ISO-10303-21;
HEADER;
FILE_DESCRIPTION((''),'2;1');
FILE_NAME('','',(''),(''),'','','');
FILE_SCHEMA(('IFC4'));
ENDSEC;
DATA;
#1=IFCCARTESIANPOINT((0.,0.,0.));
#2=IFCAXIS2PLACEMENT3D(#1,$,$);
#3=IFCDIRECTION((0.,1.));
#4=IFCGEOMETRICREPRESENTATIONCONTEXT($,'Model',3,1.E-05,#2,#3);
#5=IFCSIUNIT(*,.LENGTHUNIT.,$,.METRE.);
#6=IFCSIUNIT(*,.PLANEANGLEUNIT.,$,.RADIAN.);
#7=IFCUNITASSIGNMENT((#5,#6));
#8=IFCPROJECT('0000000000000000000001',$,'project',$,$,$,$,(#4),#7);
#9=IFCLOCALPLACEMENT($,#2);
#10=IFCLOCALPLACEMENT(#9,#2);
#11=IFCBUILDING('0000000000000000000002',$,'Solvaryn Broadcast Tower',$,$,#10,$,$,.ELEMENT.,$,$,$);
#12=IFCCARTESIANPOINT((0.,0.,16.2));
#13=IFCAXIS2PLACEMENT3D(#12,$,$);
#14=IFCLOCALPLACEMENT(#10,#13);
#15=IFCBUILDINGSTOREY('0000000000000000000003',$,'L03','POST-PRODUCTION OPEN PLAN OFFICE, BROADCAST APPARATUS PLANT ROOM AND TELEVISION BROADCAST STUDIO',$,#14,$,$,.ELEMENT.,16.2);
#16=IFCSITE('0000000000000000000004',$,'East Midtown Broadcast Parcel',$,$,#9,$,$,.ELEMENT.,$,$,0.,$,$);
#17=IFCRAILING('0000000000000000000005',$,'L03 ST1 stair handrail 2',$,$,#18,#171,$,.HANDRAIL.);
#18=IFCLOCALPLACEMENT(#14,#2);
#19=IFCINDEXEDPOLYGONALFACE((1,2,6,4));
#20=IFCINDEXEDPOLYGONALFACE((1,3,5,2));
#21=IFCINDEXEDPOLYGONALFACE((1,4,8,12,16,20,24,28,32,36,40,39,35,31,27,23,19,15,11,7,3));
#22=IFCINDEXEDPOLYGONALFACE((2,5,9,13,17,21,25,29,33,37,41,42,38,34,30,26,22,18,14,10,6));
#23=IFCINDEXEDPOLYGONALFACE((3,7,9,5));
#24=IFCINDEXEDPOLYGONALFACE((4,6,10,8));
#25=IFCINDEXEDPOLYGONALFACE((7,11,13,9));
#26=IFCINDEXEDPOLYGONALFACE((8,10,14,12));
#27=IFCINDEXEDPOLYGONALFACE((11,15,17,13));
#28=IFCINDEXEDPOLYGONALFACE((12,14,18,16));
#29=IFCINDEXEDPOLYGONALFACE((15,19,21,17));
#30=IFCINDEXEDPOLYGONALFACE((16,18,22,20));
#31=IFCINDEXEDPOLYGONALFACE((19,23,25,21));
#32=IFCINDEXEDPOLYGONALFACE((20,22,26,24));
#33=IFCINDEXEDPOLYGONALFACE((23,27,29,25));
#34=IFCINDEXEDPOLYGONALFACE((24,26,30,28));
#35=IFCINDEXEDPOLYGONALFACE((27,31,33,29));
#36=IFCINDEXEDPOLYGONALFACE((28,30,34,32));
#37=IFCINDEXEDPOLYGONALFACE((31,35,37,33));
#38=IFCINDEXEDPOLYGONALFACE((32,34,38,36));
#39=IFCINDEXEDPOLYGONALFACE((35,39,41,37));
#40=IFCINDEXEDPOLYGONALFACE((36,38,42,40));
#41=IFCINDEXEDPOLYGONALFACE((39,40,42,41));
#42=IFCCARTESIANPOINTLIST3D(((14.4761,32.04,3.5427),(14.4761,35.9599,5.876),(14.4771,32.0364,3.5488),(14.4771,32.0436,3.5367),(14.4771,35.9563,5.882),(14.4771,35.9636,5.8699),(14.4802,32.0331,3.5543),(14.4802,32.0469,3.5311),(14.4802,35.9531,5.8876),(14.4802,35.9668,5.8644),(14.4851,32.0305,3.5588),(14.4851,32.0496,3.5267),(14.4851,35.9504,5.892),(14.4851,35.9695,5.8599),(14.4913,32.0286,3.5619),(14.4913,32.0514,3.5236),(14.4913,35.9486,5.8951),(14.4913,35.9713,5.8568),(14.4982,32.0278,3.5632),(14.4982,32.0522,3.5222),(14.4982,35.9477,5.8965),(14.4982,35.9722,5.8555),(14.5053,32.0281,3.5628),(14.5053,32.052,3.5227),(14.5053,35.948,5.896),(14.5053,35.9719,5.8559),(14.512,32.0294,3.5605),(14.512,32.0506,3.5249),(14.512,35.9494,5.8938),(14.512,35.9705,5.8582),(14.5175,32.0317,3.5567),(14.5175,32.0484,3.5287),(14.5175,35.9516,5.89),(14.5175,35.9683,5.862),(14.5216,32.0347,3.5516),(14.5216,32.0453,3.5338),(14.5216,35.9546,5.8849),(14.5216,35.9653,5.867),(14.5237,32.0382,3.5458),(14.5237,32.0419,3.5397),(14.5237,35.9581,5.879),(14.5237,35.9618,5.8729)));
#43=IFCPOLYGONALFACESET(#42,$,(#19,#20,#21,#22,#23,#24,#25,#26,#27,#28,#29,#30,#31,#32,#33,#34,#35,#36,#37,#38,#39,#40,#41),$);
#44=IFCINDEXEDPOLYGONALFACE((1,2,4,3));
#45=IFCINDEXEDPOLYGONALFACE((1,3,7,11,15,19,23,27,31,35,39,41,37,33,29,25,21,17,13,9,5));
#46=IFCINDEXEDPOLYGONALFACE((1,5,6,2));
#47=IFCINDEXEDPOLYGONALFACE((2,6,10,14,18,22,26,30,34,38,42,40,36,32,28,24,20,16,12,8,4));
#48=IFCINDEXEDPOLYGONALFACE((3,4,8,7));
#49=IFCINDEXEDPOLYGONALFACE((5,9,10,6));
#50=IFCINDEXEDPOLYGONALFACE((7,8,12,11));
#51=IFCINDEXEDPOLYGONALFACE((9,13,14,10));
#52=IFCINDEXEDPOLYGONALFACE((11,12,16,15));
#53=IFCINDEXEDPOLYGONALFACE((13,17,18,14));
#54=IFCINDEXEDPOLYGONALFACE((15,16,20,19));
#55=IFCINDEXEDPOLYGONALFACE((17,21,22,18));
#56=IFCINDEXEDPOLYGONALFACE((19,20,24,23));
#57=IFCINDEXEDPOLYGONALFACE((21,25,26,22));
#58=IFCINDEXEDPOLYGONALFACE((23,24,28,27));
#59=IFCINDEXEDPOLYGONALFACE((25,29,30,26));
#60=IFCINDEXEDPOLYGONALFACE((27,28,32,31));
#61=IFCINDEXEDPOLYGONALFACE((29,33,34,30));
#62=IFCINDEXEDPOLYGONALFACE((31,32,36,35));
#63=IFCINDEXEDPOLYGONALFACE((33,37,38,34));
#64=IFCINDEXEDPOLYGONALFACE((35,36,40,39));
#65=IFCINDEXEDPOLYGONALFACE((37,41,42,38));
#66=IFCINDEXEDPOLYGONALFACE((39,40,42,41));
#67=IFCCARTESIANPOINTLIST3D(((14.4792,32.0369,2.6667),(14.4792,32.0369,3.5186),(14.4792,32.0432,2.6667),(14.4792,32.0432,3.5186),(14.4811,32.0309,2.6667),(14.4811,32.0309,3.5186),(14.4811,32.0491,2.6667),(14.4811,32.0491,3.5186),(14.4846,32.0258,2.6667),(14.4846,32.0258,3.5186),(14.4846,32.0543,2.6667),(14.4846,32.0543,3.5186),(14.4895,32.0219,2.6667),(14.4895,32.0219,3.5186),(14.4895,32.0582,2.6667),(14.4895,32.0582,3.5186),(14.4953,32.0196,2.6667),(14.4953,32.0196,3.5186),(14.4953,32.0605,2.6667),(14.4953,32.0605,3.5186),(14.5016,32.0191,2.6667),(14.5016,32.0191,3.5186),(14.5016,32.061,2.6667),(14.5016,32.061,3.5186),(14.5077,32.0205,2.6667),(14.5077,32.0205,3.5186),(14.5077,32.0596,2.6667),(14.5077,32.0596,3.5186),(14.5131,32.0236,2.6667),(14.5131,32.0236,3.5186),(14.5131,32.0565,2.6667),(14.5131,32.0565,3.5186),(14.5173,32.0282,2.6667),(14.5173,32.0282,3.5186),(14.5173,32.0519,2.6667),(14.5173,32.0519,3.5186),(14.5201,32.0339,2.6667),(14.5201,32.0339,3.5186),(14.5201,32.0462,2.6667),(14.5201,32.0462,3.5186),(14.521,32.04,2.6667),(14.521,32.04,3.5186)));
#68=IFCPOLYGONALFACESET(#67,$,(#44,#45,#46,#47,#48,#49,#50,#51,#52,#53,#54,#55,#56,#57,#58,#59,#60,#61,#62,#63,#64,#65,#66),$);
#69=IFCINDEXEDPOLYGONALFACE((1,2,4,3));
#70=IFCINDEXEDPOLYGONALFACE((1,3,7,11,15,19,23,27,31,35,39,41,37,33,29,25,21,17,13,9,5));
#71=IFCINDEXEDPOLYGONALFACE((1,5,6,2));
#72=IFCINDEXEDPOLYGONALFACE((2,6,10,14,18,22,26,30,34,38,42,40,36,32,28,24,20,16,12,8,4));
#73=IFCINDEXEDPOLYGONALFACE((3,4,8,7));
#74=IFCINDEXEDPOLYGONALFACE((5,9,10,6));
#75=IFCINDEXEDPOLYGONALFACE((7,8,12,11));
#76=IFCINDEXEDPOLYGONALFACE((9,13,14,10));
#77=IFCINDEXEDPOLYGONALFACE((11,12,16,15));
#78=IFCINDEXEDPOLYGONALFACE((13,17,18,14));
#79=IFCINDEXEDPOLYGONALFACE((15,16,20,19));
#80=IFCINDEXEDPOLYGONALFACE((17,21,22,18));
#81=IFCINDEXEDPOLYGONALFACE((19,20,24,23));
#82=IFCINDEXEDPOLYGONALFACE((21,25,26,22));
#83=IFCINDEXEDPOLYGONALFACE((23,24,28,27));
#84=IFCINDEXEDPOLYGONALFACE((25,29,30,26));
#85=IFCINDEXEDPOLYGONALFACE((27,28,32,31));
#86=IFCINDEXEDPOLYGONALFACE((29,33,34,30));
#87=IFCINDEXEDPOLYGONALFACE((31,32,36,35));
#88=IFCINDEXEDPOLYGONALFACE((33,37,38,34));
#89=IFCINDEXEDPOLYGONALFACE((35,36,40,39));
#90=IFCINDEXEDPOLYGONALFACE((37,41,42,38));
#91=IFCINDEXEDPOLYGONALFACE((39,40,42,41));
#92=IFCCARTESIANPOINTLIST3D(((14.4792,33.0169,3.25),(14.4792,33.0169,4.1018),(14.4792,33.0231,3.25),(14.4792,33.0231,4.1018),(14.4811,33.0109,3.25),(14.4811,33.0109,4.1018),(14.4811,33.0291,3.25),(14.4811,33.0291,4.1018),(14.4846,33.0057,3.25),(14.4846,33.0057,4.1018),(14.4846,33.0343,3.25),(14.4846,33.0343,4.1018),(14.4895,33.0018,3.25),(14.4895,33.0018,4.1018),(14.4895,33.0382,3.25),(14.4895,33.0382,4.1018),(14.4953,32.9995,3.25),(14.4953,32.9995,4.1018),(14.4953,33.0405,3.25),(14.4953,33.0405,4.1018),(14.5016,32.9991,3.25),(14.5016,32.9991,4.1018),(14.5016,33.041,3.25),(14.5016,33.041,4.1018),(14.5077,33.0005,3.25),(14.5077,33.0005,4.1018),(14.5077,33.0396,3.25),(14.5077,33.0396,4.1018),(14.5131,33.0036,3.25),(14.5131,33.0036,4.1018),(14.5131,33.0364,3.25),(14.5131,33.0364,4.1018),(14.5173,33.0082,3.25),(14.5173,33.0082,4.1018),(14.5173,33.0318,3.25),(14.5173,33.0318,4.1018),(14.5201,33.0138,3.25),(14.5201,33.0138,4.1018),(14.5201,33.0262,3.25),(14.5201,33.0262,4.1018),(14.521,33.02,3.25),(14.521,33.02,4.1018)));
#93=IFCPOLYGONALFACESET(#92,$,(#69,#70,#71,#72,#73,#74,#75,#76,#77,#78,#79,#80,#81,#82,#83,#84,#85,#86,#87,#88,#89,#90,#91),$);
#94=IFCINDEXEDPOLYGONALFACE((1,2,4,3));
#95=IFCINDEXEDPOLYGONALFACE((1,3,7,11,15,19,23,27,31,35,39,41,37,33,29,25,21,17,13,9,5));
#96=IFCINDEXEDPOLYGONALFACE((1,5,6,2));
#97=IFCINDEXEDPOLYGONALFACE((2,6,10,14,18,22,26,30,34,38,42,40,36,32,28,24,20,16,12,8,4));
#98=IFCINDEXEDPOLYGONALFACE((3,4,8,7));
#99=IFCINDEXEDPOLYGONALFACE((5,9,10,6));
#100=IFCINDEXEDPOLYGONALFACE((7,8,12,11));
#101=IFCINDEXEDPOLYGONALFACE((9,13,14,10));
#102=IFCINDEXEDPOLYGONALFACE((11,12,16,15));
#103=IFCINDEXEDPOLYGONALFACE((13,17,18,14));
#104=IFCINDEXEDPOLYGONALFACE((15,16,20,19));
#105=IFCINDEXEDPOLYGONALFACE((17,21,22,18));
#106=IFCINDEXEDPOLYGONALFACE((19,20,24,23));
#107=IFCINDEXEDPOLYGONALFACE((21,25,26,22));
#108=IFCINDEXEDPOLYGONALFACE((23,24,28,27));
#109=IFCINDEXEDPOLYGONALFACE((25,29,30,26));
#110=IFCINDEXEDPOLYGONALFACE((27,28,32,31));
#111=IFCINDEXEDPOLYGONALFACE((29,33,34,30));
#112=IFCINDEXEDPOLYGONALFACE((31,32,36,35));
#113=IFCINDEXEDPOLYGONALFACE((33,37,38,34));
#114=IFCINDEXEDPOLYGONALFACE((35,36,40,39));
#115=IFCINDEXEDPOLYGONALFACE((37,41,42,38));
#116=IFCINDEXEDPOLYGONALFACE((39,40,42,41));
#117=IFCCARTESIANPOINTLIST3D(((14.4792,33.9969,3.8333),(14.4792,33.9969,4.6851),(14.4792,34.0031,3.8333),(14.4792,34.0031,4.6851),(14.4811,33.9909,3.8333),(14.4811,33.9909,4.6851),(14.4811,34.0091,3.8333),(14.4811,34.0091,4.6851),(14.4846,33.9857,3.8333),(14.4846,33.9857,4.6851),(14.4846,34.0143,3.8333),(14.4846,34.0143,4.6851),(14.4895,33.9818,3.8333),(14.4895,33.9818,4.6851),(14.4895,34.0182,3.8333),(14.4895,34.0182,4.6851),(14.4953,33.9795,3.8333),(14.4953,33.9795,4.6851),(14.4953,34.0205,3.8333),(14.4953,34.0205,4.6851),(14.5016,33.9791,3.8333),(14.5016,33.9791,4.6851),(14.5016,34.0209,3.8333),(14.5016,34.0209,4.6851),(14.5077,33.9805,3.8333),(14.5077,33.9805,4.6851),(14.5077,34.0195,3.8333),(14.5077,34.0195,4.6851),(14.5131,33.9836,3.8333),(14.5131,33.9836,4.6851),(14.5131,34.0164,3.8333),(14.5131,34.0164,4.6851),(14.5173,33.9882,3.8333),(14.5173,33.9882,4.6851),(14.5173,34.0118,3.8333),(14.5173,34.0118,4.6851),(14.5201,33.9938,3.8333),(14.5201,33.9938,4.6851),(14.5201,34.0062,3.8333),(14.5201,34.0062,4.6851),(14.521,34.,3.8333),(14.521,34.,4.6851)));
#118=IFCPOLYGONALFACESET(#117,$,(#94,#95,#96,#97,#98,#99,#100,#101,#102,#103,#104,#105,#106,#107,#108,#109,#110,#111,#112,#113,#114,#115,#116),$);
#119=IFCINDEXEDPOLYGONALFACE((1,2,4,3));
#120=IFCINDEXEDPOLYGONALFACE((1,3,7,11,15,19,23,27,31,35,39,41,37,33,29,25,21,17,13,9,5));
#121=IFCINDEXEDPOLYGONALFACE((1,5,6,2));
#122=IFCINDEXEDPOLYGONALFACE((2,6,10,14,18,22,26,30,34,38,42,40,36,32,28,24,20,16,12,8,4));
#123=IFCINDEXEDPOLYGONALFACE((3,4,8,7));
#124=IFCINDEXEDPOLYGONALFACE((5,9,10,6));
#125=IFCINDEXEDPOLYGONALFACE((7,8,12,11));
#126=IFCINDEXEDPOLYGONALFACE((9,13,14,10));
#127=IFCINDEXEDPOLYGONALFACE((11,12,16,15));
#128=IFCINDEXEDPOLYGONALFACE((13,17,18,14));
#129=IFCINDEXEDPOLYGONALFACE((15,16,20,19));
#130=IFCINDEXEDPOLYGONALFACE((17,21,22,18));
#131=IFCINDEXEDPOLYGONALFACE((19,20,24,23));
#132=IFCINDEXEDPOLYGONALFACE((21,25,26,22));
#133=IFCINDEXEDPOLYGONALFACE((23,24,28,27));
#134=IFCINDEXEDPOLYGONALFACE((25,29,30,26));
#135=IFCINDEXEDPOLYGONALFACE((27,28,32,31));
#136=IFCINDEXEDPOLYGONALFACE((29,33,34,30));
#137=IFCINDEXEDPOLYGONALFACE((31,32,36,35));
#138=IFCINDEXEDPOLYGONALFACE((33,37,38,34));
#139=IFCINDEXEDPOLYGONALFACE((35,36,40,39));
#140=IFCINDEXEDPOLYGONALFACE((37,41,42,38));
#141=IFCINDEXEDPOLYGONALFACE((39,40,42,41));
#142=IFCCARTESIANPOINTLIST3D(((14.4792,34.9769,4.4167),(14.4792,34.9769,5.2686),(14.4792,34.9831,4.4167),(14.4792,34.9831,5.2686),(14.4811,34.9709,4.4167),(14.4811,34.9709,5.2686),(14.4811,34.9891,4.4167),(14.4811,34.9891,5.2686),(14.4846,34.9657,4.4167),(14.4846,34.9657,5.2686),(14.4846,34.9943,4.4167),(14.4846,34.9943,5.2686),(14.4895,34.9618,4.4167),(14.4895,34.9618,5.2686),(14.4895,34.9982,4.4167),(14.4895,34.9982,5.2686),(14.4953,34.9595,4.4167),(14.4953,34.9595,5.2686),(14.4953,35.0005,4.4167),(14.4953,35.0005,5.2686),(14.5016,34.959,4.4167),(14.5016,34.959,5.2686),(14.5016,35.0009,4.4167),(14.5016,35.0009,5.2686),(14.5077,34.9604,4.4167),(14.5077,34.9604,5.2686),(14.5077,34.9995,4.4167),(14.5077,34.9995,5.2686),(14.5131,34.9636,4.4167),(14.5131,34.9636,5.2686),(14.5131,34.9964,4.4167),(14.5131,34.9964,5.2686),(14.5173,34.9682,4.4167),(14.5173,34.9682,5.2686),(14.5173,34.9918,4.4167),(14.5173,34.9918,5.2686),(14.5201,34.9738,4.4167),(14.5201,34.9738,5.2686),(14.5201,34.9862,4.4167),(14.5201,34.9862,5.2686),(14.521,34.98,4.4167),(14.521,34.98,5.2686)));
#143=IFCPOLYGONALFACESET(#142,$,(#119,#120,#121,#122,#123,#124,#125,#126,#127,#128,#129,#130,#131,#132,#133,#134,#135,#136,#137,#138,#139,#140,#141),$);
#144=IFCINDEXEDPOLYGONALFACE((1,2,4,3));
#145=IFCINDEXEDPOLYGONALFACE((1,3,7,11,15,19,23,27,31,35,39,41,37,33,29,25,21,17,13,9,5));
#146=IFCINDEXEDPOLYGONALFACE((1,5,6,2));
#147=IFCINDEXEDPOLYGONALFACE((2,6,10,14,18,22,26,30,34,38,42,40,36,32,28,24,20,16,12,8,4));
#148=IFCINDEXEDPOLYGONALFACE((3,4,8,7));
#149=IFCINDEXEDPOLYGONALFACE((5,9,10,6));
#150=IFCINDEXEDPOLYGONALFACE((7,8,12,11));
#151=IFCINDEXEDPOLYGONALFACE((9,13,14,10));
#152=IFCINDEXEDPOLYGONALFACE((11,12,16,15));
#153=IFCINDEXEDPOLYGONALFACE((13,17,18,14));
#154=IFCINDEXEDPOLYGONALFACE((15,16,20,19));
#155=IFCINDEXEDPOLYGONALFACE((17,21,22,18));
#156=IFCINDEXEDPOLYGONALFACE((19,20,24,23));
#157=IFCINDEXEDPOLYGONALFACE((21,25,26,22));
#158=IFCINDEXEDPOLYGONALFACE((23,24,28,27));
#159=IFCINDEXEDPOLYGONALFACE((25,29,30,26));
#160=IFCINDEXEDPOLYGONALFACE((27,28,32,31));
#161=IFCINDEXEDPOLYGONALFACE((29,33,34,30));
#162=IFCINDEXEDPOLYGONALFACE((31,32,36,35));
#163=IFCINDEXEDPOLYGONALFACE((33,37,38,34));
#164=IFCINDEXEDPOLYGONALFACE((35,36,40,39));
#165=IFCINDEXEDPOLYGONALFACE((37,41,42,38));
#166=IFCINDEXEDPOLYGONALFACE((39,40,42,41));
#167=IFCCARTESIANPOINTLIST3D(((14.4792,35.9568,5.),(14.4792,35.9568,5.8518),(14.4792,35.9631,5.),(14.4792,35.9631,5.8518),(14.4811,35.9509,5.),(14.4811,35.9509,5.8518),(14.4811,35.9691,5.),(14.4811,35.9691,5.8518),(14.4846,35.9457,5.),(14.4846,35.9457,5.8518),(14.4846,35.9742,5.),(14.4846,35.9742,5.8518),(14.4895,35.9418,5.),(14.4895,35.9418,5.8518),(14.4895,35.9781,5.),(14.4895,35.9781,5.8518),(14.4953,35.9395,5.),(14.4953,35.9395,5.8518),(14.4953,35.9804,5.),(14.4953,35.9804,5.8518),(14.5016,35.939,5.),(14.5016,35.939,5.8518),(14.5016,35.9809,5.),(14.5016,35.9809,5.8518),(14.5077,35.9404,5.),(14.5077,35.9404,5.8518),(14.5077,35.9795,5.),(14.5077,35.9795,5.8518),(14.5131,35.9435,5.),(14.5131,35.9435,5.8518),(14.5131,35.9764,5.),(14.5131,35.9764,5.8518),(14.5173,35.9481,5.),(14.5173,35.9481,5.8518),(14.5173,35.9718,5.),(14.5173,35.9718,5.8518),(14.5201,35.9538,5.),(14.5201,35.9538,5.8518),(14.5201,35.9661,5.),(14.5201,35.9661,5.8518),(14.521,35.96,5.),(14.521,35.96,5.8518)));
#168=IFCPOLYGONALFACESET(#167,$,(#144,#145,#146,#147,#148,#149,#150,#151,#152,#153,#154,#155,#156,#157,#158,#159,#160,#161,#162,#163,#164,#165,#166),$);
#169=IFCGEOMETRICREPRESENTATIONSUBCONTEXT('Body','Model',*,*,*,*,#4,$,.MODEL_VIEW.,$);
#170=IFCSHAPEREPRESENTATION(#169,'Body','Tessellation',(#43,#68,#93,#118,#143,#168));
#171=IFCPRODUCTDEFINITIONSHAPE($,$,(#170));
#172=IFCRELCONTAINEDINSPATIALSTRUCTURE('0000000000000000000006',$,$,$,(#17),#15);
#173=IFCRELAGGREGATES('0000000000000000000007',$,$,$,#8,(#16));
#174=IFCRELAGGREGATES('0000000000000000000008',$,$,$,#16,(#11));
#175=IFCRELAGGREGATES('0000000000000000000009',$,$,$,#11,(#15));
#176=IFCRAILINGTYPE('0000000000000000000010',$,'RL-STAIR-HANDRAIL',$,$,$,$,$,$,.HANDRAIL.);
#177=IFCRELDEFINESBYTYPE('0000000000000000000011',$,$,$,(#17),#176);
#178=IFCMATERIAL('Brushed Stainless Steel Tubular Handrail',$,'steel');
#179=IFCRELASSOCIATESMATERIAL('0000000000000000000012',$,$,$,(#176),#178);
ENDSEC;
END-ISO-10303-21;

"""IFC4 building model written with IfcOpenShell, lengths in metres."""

from ifc_helpers import new_model, si_unit, direction, frame, origin, origin_2d, place, context, subcontext, project, spatial, circle, extrude, material, type_object, element, save


model = new_model("IFC4")

# Units and contexts
model_context = context("Model", 3, precision=1e-05, world=origin(), true_north=direction((0.0, 1.0)))
body_context = subcontext(model_context, "Body", "Model", "MODEL_VIEW")
ifc_project = project(units=[si_unit("LENGTHUNIT", "METRE"), si_unit("PLANEANGLEUNIT", "RADIAN")], contexts=[model_context])

# Site, building, storey
site_placement = place(None, origin())
site = spatial("IfcSite", under=ifc_project, at=site_placement, Name="East Midtown Broadcast Parcel", CompositionType="ELEMENT", RefElevation=0.0)
building_placement = place(site_placement, origin())
building = spatial("IfcBuilding", under=site, at=building_placement, Name="Solvaryn Broadcast Tower", CompositionType="ELEMENT")
storey_placement = place(building_placement, frame((0.0, 0.0, 16.2)))
storey = spatial("IfcBuildingStorey", under=building, at=storey_placement, Name="L03", Description="POST-PRODUCTION OPEN PLAN OFFICE, BROADCAST APPARATUS PLANT ROOM AND TELEVISION BROADCAST STUDIO", CompositionType="ELEMENT", Elevation=16.2)

# Railing
ifc_material_1 = material(Name="Brushed Stainless Steel Tubular Handrail", Category="steel")
railing_type_1 = type_object("IfcRailingType", Name="RL-STAIR-HANDRAIL", PredefinedType="HANDRAIL", material=ifc_material_1)
railing_1_placement = place(storey_placement, frame((14.5, 32.04, 2.6667)))
element("IfcRailing", 1, at=railing_1_placement, inside=storey, type_object=railing_type_1, Name="L03 ST1 stair handrail 2", PredefinedType="HANDRAIL", context=body_context, shape_type="SweptSolid", body=[
    extrude(circle(Radius=0.0239, at=origin_2d()), frame((0.0, 0.0, 0.876), z_axis=(0.0, 0.859296, 0.511478), x_axis=(-1.0, 0.0, 0.0)), (0.0, 0.0, 1.0), 4.5618),
    extrude(circle(Radius=0.021, at=origin_2d()), origin(), (0.0, 0.0, 1.0), 0.8518),
    extrude(circle(Radius=0.021, at=origin_2d()), frame((0.0, 0.98, 0.5833)), (0.0, 0.0, 1.0), 0.8518),
    extrude(circle(Radius=0.021, at=origin_2d()), frame((0.0, 1.96, 1.1665)), (0.0, 0.0, 1.0), 0.8518),
    extrude(circle(Radius=0.021, at=origin_2d()), frame((0.0, 2.9399, 1.75)), (0.0, 0.0, 1.0), 0.8518),
    extrude(circle(Radius=0.021, at=origin_2d()), frame((0.0, 3.9199, 2.3333)), (0.0, 0.0, 1.0), 0.8518),
])

save(model, "model.ifc")
